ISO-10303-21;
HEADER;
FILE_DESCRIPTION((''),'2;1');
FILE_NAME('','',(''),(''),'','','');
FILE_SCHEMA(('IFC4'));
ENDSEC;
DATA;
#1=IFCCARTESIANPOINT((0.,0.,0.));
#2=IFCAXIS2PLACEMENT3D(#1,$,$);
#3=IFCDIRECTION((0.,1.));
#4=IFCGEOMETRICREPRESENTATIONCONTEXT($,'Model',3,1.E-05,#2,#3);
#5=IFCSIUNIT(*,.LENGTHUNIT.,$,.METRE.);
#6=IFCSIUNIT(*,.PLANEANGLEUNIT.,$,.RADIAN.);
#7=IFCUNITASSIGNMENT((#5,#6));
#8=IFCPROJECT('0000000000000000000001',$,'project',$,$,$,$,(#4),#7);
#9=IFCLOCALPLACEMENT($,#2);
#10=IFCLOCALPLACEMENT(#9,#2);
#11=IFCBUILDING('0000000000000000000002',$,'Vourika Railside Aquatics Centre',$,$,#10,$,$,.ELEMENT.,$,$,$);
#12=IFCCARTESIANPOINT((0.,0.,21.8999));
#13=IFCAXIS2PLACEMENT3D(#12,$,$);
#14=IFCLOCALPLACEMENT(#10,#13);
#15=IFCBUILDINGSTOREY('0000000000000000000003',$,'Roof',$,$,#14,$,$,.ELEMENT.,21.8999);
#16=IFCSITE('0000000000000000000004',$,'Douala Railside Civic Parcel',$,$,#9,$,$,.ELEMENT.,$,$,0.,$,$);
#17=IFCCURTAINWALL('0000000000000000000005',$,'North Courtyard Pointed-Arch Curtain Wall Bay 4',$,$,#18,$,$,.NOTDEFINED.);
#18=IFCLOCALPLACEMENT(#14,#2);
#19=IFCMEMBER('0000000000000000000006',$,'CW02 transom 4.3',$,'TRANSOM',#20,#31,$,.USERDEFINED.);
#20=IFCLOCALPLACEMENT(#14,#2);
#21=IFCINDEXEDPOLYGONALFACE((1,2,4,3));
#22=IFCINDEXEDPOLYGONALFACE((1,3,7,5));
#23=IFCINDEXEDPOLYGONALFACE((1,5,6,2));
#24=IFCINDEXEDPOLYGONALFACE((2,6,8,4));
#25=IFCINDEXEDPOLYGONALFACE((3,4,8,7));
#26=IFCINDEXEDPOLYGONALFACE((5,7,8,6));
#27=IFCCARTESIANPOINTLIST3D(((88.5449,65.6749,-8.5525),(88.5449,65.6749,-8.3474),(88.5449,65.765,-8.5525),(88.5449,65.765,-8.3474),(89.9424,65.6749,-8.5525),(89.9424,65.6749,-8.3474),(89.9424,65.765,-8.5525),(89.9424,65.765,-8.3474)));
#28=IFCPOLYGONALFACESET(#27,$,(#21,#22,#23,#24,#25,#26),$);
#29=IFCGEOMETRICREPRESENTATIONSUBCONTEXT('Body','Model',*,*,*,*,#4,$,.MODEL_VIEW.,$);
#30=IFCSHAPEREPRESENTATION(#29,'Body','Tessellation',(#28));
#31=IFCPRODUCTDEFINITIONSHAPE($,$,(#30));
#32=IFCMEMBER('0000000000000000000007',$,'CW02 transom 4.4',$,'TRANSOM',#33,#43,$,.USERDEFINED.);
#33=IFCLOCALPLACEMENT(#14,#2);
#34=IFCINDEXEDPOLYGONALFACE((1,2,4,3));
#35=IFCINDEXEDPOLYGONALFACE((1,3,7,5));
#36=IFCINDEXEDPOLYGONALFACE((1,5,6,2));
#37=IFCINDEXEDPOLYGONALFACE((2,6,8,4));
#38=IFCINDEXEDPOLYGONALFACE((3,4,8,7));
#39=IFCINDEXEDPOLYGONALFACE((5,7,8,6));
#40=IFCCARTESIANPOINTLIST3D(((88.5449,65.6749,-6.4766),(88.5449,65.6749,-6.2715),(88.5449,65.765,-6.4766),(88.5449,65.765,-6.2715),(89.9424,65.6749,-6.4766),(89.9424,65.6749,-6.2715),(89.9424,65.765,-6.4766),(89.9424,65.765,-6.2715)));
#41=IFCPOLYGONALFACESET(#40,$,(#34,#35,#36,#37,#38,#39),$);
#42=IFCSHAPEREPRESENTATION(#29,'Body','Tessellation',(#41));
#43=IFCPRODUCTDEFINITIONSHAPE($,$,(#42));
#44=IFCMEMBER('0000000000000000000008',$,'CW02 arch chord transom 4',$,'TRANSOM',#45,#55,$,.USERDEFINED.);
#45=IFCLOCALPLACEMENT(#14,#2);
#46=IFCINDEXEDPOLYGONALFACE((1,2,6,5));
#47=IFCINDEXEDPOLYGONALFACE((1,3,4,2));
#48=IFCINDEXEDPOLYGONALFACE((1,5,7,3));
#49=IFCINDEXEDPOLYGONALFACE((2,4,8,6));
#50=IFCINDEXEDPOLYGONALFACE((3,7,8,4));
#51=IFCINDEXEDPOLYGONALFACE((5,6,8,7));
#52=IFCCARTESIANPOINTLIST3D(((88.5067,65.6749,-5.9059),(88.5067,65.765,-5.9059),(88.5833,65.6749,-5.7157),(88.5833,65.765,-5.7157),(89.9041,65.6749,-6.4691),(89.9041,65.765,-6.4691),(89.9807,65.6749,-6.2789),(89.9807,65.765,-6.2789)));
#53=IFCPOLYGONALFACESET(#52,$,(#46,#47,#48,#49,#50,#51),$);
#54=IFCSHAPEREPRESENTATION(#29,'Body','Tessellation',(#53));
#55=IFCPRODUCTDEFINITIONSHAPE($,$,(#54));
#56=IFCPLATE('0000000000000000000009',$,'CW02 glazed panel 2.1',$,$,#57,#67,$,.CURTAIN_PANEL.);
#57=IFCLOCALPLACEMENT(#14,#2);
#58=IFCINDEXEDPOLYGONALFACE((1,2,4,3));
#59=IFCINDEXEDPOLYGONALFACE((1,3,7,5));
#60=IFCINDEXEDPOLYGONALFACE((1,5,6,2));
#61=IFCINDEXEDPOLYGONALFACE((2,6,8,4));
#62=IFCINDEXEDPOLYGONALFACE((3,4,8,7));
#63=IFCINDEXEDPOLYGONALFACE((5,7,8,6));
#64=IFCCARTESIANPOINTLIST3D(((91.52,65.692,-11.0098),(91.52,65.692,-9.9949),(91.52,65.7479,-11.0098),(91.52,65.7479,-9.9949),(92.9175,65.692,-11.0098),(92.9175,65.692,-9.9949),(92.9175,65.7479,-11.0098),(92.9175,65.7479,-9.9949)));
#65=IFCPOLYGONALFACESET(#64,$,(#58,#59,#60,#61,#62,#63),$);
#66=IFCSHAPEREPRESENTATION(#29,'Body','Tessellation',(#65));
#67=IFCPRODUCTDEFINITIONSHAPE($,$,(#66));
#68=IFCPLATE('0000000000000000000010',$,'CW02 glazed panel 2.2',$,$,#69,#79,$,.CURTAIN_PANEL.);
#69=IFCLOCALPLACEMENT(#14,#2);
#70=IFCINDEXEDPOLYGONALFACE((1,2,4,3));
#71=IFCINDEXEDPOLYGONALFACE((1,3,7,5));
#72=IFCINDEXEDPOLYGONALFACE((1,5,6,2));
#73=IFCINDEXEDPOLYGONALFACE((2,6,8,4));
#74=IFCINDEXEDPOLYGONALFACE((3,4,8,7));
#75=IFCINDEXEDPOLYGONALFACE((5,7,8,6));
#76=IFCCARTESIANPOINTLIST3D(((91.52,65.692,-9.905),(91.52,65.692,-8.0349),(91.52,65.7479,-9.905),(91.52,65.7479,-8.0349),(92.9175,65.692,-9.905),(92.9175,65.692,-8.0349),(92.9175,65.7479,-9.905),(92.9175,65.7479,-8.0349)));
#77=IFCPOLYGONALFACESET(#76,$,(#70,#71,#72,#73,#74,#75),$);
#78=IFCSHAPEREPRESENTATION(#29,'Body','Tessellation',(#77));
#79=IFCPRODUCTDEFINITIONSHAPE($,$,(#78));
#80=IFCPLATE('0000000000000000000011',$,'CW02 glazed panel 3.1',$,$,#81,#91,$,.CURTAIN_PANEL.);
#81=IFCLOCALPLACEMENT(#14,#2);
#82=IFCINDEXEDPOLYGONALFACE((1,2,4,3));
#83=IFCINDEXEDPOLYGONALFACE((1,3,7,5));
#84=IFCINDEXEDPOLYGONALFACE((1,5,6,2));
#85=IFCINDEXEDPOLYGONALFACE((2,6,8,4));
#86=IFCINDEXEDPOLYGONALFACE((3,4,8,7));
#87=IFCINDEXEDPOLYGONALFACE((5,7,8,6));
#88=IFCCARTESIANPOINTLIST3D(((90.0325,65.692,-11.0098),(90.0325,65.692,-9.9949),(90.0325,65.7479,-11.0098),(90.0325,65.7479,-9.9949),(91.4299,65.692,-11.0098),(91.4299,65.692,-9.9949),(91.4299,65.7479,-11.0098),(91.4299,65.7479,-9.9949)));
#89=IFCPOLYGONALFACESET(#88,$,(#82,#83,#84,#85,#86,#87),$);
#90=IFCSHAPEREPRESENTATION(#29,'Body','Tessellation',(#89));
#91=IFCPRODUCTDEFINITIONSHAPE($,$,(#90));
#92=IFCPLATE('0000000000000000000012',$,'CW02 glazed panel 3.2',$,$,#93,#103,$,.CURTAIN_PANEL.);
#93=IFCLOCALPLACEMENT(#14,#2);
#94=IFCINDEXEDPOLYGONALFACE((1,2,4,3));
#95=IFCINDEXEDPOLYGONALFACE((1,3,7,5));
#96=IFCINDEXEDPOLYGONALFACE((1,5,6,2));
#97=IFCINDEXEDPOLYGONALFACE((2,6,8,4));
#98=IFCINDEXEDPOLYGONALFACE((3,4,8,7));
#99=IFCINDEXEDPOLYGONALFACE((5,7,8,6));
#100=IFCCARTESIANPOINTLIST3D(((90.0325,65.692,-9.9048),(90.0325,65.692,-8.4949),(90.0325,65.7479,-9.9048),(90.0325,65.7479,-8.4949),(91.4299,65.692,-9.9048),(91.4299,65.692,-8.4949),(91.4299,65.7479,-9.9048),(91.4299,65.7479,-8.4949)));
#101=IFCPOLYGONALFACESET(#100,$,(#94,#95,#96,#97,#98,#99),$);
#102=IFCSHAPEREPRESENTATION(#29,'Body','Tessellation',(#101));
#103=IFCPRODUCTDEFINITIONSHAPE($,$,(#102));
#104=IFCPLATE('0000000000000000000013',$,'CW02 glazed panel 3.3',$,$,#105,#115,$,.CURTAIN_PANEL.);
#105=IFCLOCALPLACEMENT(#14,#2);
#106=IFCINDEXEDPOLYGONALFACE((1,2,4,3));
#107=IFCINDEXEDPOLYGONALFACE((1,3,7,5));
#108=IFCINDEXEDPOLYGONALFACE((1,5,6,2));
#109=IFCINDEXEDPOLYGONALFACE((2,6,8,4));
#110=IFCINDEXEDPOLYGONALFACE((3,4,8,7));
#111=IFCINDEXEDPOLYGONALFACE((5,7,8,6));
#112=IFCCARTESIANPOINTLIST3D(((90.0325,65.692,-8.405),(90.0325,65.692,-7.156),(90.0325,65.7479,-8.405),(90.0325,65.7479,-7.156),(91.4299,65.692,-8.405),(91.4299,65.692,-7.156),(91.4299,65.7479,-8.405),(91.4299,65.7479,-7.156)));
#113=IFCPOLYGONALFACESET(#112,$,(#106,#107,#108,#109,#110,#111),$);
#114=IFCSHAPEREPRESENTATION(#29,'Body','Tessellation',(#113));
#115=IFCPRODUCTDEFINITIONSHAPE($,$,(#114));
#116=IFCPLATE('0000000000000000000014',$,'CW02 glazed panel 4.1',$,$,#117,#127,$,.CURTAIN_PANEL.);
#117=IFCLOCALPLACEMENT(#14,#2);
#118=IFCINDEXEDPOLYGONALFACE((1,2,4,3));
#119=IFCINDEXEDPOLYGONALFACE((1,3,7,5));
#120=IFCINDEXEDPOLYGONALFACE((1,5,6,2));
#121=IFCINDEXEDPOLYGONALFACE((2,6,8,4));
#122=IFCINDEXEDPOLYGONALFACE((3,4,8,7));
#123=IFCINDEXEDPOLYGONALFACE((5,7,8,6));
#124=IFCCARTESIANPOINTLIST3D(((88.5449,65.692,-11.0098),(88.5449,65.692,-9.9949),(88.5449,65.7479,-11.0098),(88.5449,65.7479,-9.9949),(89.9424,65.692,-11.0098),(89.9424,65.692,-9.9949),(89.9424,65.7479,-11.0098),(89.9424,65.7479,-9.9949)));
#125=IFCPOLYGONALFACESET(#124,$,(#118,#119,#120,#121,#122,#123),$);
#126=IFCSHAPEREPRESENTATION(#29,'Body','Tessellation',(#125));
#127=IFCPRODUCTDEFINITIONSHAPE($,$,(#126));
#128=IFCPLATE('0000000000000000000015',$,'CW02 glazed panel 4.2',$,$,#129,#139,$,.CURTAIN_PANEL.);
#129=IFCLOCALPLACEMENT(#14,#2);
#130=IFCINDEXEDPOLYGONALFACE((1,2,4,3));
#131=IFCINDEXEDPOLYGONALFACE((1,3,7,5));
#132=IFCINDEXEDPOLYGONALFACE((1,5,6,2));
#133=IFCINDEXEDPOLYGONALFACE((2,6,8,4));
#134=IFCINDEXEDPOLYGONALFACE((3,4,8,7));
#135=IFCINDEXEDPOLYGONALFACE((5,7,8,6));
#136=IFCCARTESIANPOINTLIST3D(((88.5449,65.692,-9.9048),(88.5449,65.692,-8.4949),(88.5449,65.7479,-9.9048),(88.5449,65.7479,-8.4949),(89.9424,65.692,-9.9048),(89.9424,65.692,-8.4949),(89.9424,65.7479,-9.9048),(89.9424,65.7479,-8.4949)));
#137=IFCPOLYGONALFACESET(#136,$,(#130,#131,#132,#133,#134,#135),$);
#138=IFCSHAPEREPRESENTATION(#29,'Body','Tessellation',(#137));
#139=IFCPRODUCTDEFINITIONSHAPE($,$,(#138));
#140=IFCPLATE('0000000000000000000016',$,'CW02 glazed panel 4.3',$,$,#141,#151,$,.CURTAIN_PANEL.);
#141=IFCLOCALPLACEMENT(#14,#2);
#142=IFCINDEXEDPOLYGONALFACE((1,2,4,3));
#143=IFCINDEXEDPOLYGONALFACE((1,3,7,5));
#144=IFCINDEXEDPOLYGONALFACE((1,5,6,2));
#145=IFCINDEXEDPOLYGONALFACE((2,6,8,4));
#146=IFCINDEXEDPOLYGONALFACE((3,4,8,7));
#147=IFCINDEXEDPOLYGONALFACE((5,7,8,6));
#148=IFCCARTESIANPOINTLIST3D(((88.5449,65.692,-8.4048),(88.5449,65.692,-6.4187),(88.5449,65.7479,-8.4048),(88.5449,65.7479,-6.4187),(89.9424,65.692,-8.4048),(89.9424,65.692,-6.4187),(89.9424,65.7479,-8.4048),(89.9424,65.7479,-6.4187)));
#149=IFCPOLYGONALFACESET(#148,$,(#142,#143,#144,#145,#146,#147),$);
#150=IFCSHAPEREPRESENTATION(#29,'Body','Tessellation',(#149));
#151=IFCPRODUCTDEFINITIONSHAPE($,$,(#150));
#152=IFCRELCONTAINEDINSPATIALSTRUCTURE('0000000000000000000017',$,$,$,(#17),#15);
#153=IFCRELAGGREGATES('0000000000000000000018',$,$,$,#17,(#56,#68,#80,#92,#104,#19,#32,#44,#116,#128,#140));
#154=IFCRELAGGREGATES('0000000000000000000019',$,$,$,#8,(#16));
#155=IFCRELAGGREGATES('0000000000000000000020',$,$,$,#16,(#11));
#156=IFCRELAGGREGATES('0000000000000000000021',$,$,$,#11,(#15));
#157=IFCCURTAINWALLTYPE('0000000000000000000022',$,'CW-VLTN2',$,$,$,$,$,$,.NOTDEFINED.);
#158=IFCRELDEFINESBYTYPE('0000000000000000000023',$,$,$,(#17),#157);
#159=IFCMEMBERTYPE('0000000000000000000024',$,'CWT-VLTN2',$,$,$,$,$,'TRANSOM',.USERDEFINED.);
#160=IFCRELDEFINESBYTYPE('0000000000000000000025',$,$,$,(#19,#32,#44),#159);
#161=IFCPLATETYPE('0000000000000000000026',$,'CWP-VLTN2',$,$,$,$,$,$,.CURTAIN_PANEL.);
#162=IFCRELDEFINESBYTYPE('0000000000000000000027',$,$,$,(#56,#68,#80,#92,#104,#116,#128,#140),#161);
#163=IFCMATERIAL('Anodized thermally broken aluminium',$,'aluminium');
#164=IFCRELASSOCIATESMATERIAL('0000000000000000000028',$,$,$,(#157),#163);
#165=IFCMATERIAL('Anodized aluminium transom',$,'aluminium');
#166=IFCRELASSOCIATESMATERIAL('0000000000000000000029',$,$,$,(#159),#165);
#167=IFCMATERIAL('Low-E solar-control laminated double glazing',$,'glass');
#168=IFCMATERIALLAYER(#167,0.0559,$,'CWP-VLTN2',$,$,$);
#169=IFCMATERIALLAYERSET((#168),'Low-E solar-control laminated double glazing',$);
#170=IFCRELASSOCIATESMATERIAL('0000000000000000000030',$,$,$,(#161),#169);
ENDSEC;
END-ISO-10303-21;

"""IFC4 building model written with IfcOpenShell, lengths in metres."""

from ifc_helpers import new_model, si_unit, direction, frame, origin, origin_2d, place, context, subcontext, project, spatial, rectangle, extrude, material, layer, layer_set, material_profile, profile_set, type_object, element, aggregate, save


model = new_model("IFC4")

# Units and contexts
model_context = context("Model", 3, precision=1e-05, world=origin(), true_north=direction((0.0, 1.0)))
body_context = subcontext(model_context, "Body", "Model", "MODEL_VIEW")
ifc_project = project(units=[si_unit("LENGTHUNIT", "METRE"), si_unit("PLANEANGLEUNIT", "RADIAN")], contexts=[model_context])

# Site, building, storey
site_placement = place(None, origin())
site = spatial("IfcSite", under=ifc_project, at=site_placement, Name="Douala Railside Civic Parcel", CompositionType="ELEMENT", RefElevation=0.0)
building_placement = place(site_placement, origin())
building = spatial("IfcBuilding", under=site, at=building_placement, Name="Vourika Railside Aquatics Centre", CompositionType="ELEMENT")
storey_placement = place(building_placement, frame((0.0, 0.0, 21.8999)))
storey = spatial("IfcBuildingStorey", under=building, at=storey_placement, Name="Roof", CompositionType="ELEMENT", Elevation=21.8999)

# Curtain wall, members, plates
ifc_material_1 = material(Name="Anodized thermally broken aluminium", Category="aluminium")
curtain_wall_type = type_object("IfcCurtainWallType", Name="CW-VLTN2", PredefinedType="NOTDEFINED", material=ifc_material_1)
curtain_wall_placement = place(storey_placement, origin())
curtain_wall = element("IfcCurtainWall", 1, at=curtain_wall_placement, inside=storey, type_object=curtain_wall_type, Name="North Courtyard Pointed-Arch Curtain Wall Bay 4", PredefinedType="NOTDEFINED")
ifc_material_2 = material(Name="Anodized aluminium transom", Category="aluminium")
ifc_material_profile_1 = material_profile(ifc_material_2, rectangle(XDim=0.0901, YDim=0.2051, at=origin_2d()), Name="ALU-T 90x205")
ifc_profile_set_1 = profile_set([ifc_material_profile_1], Name="Anodized aluminium transom")
member_type_1 = type_object("IfcMemberType", Name="CWT-VLTN2", ElementType="TRANSOM", PredefinedType="USERDEFINED", material=ifc_profile_set_1)
member_1_placement = place(storey_placement, frame((89.9424, 65.72, -8.45), z_axis=(-1.0, 0.0, 0.0), x_axis=(0.0, -1.0, 0.0)))
member_1 = element("IfcMember", 2, at=member_1_placement, type_object=member_type_1, Name="CW02 transom 4.3", ObjectType="TRANSOM", PredefinedType="USERDEFINED", context=body_context, shape_type="SweptSolid", body=[
    extrude(rectangle(XDim=0.0901, YDim=0.2051, at=origin_2d()), origin(), (0.0, 0.0, 1.0), 1.3975),
])
member_2_placement = place(storey_placement, frame((89.9424, 65.72, -6.374), z_axis=(-1.0, 0.0, 0.0), x_axis=(0.0, -1.0, 0.0)))
member_2 = element("IfcMember", 3, at=member_2_placement, type_object=member_type_1, Name="CW02 transom 4.4", ObjectType="TRANSOM", PredefinedType="USERDEFINED", context=body_context, shape_type="SweptSolid", body=[
    extrude(rectangle(XDim=0.0901, YDim=0.2051, at=origin_2d()), origin(), (0.0, 0.0, 1.0), 1.3975),
])
member_3_placement = place(storey_placement, frame((89.9424, 65.72, -6.374), z_axis=(-0.927501, 0.0, 0.37382), x_axis=(0.0, -1.0, 0.0)))
member_3 = element("IfcMember", 4, at=member_3_placement, type_object=member_type_1, Name="CW02 arch chord transom 4", ObjectType="TRANSOM", PredefinedType="USERDEFINED", context=body_context, shape_type="SweptSolid", body=[
    extrude(rectangle(XDim=0.0901, YDim=0.2051, at=origin_2d()), origin(), (0.0, 0.0, 1.0), 1.5066),
])
ifc_material_3 = material(Name="Low-E solar-control laminated double glazing", Category="glass")
ifc_layer = layer(ifc_material_3, 0.0559, Name="CWP-VLTN2")
ifc_layer_set = layer_set([ifc_layer], Name="Low-E solar-control laminated double glazing")
plate_type = type_object("IfcPlateType", Name="CWP-VLTN2", PredefinedType="CURTAIN_PANEL", material=ifc_layer_set)
plate_1_placement = place(storey_placement, frame((92.2188, 65.72, -11.0098), z_axis=(0.0, 0.0, 1.0), x_axis=(-1.0, 0.0, 0.0)))
plate_1 = element("IfcPlate", 5, at=plate_1_placement, type_object=plate_type, Name="CW02 glazed panel 2.1", PredefinedType="CURTAIN_PANEL", context=body_context, shape_type="SweptSolid", body=[
    extrude(rectangle(XDim=1.3975, YDim=0.0559, at=origin_2d()), origin(), (0.0, 0.0, 1.0), 1.0149),
])
plate_2_placement = place(storey_placement, frame((92.2188, 65.72, -9.905), z_axis=(0.0, 0.0, 1.0), x_axis=(-1.0, 0.0, 0.0)))
plate_2 = element("IfcPlate", 6, at=plate_2_placement, type_object=plate_type, Name="CW02 glazed panel 2.2", PredefinedType="CURTAIN_PANEL", context=body_context, shape_type="SweptSolid", body=[
    extrude(rectangle(XDim=1.3975, YDim=0.0559, at=origin_2d()), origin(), (0.0, 0.0, 1.0), 1.8701),
])
plate_3_placement = place(storey_placement, frame((90.7312, 65.72, -11.0098), z_axis=(0.0, 0.0, 1.0), x_axis=(-1.0, 0.0, 0.0)))
plate_3 = element("IfcPlate", 7, at=plate_3_placement, type_object=plate_type, Name="CW02 glazed panel 3.1", PredefinedType="CURTAIN_PANEL", context=body_context, shape_type="SweptSolid", body=[
    extrude(rectangle(XDim=1.3975, YDim=0.0559, at=origin_2d()), origin(), (0.0, 0.0, 1.0), 1.0149),
])
plate_4_placement = place(storey_placement, frame((90.7312, 65.72, -9.9048), z_axis=(0.0, 0.0, 1.0), x_axis=(-1.0, 0.0, 0.0)))
plate_4 = element("IfcPlate", 8, at=plate_4_placement, type_object=plate_type, Name="CW02 glazed panel 3.2", PredefinedType="CURTAIN_PANEL", context=body_context, shape_type="SweptSolid", body=[
    extrude(rectangle(XDim=1.3975, YDim=0.0559, at=origin_2d()), origin(), (0.0, 0.0, 1.0), 1.4099),
])
plate_5_placement = place(storey_placement, frame((90.7312, 65.72, -8.405), z_axis=(0.0, 0.0, 1.0), x_axis=(-1.0, 0.0, 0.0)))
plate_5 = element("IfcPlate", 9, at=plate_5_placement, type_object=plate_type, Name="CW02 glazed panel 3.3", PredefinedType="CURTAIN_PANEL", context=body_context, shape_type="SweptSolid", body=[
    extrude(rectangle(XDim=1.3975, YDim=0.0559, at=origin_2d()), origin(), (0.0, 0.0, 1.0), 1.249),
])
plate_6_placement = place(storey_placement, frame((89.2437, 65.72, -11.0098), z_axis=(0.0, 0.0, 1.0), x_axis=(-1.0, 0.0, 0.0)))
plate_6 = element("IfcPlate", 10, at=plate_6_placement, type_object=plate_type, Name="CW02 glazed panel 4.1", PredefinedType="CURTAIN_PANEL", context=body_context, shape_type="SweptSolid", body=[
    extrude(rectangle(XDim=1.3975, YDim=0.0559, at=origin_2d()), origin(), (0.0, 0.0, 1.0), 1.0149),
])
plate_7_placement = place(storey_placement, frame((89.2437, 65.72, -9.9048), z_axis=(0.0, 0.0, 1.0), x_axis=(-1.0, 0.0, 0.0)))
plate_7 = element("IfcPlate", 11, at=plate_7_placement, type_object=plate_type, Name="CW02 glazed panel 4.2", PredefinedType="CURTAIN_PANEL", context=body_context, shape_type="SweptSolid", body=[
    extrude(rectangle(XDim=1.3975, YDim=0.0559, at=origin_2d()), origin(), (0.0, 0.0, 1.0), 1.4099),
])
plate_8_placement = place(storey_placement, frame((89.2437, 65.72, -8.4048), z_axis=(0.0, 0.0, 1.0), x_axis=(-1.0, 0.0, 0.0)))
plate_8 = element("IfcPlate", 12, at=plate_8_placement, type_object=plate_type, Name="CW02 glazed panel 4.3", PredefinedType="CURTAIN_PANEL", context=body_context, shape_type="SweptSolid", body=[
    extrude(rectangle(XDim=1.3975, YDim=0.0559, at=origin_2d()), origin(), (0.0, 0.0, 1.0), 1.9861),
])
aggregate(curtain_wall, [plate_1, plate_2, plate_3, plate_4, plate_5, member_1, member_2, member_3, plate_6, plate_7, plate_8])

save(model, "model.ifc")
